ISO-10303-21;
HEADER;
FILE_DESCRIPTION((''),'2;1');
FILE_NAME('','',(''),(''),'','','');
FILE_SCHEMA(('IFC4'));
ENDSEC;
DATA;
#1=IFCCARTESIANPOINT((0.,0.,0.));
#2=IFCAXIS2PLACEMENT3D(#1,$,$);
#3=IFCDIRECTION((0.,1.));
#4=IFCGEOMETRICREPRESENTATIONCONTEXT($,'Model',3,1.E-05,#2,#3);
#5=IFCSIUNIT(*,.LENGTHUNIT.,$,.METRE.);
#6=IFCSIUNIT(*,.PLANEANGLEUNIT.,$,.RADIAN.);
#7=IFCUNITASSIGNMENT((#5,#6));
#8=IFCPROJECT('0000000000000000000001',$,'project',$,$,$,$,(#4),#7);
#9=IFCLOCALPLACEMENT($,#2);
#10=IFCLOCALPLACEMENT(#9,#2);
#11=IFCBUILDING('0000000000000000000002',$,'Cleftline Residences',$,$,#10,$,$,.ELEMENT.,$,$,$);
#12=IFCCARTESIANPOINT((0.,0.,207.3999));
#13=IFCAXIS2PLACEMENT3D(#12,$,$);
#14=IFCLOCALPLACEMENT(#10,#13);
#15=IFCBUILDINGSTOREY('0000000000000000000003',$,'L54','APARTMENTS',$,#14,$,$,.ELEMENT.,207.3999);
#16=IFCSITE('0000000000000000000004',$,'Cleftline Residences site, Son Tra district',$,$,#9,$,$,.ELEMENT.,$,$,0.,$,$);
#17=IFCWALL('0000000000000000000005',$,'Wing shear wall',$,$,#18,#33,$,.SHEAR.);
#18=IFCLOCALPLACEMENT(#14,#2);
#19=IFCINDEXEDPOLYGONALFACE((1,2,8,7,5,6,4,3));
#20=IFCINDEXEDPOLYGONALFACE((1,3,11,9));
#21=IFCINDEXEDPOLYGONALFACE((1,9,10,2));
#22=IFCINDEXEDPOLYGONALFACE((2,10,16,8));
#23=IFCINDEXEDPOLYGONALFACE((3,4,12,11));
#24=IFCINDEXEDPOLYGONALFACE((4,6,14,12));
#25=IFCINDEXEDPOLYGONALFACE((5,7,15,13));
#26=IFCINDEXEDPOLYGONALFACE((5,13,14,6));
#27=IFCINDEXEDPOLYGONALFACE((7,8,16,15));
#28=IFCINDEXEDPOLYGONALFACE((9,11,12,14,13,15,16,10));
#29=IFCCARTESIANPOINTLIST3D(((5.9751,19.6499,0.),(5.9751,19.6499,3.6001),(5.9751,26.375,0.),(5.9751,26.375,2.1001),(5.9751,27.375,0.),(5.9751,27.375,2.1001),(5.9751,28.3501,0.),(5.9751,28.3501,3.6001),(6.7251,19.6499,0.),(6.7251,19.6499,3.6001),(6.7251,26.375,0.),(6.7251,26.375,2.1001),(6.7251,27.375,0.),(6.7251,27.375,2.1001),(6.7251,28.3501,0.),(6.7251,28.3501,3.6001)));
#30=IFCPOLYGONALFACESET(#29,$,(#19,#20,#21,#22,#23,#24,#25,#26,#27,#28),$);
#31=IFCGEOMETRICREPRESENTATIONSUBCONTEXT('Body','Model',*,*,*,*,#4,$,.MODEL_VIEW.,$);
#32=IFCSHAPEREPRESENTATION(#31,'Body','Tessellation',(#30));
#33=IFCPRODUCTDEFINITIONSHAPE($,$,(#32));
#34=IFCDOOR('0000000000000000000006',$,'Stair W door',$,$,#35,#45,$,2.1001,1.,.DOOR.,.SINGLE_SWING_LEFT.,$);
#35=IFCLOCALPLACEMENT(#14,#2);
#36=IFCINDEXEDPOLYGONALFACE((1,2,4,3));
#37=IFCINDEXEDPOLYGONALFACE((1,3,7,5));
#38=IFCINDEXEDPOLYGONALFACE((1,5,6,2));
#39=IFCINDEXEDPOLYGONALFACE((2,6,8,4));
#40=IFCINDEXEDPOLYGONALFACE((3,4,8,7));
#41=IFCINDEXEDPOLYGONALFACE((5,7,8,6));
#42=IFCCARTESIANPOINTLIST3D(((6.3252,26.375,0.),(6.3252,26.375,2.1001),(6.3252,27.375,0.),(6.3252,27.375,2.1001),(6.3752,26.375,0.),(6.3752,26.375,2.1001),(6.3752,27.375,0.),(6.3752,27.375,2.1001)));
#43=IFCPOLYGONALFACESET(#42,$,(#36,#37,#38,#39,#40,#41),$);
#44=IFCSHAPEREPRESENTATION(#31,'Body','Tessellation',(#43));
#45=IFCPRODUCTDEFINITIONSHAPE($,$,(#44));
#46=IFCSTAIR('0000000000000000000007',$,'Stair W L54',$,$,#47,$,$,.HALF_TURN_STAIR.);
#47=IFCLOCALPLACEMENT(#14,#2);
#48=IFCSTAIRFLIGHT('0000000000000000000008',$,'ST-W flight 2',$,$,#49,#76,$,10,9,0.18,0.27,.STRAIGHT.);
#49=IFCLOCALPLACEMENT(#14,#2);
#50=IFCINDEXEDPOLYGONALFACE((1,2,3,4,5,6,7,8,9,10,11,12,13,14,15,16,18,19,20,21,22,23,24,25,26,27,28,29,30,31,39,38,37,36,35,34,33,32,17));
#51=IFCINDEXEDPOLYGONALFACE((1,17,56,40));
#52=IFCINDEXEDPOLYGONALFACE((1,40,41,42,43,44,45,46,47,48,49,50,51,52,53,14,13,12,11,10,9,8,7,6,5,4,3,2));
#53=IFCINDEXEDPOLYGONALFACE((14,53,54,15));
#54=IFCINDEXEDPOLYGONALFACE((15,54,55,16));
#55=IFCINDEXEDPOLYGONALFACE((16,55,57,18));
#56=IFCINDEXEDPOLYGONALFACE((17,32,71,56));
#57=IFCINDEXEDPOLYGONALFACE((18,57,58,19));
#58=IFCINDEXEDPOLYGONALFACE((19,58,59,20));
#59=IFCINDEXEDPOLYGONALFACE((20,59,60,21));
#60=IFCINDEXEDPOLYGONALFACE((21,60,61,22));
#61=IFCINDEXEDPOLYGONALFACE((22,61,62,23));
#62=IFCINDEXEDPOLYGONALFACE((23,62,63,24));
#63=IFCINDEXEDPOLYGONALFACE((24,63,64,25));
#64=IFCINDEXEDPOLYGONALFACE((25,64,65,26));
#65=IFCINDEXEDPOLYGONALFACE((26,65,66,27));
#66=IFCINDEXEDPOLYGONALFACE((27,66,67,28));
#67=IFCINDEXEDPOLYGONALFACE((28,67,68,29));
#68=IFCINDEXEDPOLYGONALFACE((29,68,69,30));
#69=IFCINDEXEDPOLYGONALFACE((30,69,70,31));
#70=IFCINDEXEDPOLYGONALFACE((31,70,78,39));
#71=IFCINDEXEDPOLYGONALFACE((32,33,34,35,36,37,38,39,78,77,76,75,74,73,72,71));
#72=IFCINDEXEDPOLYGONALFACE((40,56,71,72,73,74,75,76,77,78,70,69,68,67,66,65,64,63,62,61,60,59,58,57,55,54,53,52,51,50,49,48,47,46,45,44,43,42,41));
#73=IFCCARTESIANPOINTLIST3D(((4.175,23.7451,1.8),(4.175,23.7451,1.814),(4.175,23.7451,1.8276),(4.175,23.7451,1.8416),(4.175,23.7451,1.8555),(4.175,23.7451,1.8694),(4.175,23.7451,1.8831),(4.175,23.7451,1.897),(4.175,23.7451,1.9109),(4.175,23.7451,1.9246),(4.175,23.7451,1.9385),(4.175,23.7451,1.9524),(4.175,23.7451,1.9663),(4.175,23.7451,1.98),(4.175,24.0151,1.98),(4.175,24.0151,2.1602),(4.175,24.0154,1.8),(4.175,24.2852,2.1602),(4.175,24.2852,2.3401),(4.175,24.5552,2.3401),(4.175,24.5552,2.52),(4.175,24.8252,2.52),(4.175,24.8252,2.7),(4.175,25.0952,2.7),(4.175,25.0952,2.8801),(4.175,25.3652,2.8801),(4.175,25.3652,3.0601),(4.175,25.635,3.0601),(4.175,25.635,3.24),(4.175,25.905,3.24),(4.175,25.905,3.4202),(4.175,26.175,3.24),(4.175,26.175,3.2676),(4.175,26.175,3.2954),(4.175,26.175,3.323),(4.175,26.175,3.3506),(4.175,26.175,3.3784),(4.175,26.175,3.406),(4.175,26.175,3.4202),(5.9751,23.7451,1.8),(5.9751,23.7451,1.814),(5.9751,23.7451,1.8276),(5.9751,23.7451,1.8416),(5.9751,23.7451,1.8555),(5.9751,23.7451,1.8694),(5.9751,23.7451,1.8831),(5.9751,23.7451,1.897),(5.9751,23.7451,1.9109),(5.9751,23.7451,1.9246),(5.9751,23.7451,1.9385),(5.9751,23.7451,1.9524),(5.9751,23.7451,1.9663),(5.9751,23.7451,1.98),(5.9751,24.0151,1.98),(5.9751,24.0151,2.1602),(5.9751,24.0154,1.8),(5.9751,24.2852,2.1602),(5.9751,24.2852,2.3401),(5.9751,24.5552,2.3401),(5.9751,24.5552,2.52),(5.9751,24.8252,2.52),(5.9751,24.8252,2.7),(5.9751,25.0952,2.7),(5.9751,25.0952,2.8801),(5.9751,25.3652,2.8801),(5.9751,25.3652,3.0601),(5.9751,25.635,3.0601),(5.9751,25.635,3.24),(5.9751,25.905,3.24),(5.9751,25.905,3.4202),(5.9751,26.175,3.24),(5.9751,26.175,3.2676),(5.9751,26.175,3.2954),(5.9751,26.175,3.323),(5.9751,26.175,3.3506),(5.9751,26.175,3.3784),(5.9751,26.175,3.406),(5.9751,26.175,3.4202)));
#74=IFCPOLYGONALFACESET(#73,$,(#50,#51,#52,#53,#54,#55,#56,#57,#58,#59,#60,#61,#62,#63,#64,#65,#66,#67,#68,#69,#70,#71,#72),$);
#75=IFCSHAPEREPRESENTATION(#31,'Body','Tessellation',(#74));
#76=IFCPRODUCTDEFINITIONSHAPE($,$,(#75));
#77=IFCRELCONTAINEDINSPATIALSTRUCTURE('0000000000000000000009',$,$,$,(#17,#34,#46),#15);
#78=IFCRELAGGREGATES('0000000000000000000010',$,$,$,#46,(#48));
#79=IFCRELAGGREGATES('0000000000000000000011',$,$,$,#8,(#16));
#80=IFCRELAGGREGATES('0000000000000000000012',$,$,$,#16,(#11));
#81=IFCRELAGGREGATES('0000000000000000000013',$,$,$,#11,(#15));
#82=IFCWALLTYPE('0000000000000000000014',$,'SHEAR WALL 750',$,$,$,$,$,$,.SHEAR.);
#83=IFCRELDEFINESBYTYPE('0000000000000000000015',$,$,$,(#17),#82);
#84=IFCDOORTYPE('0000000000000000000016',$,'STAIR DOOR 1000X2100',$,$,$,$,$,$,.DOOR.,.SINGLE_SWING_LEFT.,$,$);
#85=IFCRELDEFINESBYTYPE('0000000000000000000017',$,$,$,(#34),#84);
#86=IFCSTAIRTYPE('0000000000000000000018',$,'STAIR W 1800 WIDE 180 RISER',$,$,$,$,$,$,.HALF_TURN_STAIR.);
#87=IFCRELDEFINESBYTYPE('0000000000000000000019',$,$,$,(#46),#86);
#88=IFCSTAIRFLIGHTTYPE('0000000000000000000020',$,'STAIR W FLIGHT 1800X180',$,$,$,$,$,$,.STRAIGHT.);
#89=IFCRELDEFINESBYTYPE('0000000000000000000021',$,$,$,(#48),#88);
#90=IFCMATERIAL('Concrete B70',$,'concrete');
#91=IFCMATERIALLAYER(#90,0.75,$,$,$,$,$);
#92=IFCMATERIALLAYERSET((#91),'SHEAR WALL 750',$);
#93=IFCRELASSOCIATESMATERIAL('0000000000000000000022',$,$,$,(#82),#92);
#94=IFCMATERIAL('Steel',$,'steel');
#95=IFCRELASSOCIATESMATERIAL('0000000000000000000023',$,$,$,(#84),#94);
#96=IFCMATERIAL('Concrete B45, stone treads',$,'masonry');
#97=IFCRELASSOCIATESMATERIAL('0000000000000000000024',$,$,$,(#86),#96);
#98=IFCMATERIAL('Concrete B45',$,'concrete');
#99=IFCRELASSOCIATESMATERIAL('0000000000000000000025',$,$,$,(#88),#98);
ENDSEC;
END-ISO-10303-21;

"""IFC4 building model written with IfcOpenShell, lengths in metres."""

from ifc_helpers import new_model, si_unit, direction, frame, frame_2d, origin, place, context, subcontext, project, spatial, polyline, rectangle, outline, extrude, material, layer, layer_set, type_object, element, fill, aggregate, save


model = new_model("IFC4")

# Units and contexts
model_context = context("Model", 3, precision=1e-05, world=origin(), true_north=direction((0.0, 1.0)))
body_context = subcontext(model_context, "Body", "Model", "MODEL_VIEW")
ifc_project = project(units=[si_unit("LENGTHUNIT", "METRE"), si_unit("PLANEANGLEUNIT", "RADIAN")], contexts=[model_context])

# Site, building, storey
site_placement = place(None, origin())
site = spatial("IfcSite", under=ifc_project, at=site_placement, Name="Cleftline Residences site, Son Tra district", CompositionType="ELEMENT", RefElevation=0.0)
building_placement = place(site_placement, origin())
building = spatial("IfcBuilding", under=site, at=building_placement, Name="Cleftline Residences", CompositionType="ELEMENT")
storey_placement = place(building_placement, frame((0.0, 0.0, 207.3999)))
storey = spatial("IfcBuildingStorey", under=building, at=storey_placement, Name="L54", Description="APARTMENTS", CompositionType="ELEMENT", Elevation=207.3999)

# Shared definitions
ifc_material_1 = material(Name="Concrete B70", Category="concrete")
ifc_layer_1 = layer(ifc_material_1, 0.75)
ifc_layer_set_1 = layer_set([ifc_layer_1], Name="SHEAR WALL 750")
wall_type_1 = type_object("IfcWallType", Name="SHEAR WALL 750", PredefinedType="SHEAR", material=ifc_layer_set_1)

# Wall, opening, door
wall_1_placement = place(storey_placement, frame((6.3501, 19.6499, 0.0), z_axis=(0.0, 0.0, 1.0), x_axis=(0.0, 1.0, 0.0)))
wall_1 = element("IfcWall", 1, at=wall_1_placement, inside=storey, type_object=wall_type_1, Name="Wing shear wall", PredefinedType="SHEAR", context=body_context, shape_type="SweptSolid", body=[
    extrude(rectangle(XDim=8.7002, YDim=0.75, at=frame_2d((4.3501, 0.0))), origin(), (0.0, 0.0, 1.0), 3.6001),
])
opening_1_placement = place(wall_1_placement, frame((6.7251, 0.0, 0.0)))
opening_1 = element("IfcOpeningElement", 2, at=opening_1_placement, cuts=wall_1, PredefinedType="OPENING", context=body_context, shape_type="SweptSolid", body=[
    extrude(rectangle(XDim=1.0, YDim=2.1001, at=frame_2d((0.5, 1.05))), frame((0.0, 0.385, 0.0), z_axis=(0.0, -1.0, 0.0), x_axis=(1.0, 0.0, 0.0)), (0.0, 0.0, 1.0), 0.77),
])
ifc_material_2 = material(Name="Steel", Category="steel")
door_type_1 = type_object("IfcDoorType", Name="STAIR DOOR 1000X2100", OperationType="SINGLE_SWING_LEFT", PredefinedType="DOOR", material=ifc_material_2)
door_1_placement = place(opening_1_placement, origin())
door_1 = element("IfcDoor", 3, at=door_1_placement, inside=storey, type_object=door_type_1, Name="Stair W door", OperationType="SINGLE_SWING_LEFT", OverallHeight=2.1001, OverallWidth=1.0, PredefinedType="DOOR", context=body_context, shape_type="SweptSolid", body=[
    extrude(rectangle(XDim=1.0, YDim=2.1001, at=frame_2d((0.5, 1.05))), frame((0.0, 0.0249, 0.0), z_axis=(0.0, -1.0, 0.0), x_axis=(1.0, 0.0, 0.0)), (0.0, 0.0, 1.0), 0.05),
])
fill(opening_1, door_1)

# Stair, stair flight
ifc_material_3 = material(Name="Concrete B45, stone treads", Category="masonry")
stair_type = type_object("IfcStairType", Name="STAIR W 1800 WIDE 180 RISER", PredefinedType="HALF_TURN_STAIR", material=ifc_material_3)
stair_placement = place(storey_placement, origin())
stair = element("IfcStair", 4, at=stair_placement, inside=storey, type_object=stair_type, Name="Stair W L54", PredefinedType="HALF_TURN_STAIR")
ifc_material_4 = material(Name="Concrete B45", Category="concrete")
stair_flight_type = type_object("IfcStairFlightType", Name="STAIR W FLIGHT 1800X180", PredefinedType="STRAIGHT", material=ifc_material_4)
stair_flight_placement = place(storey_placement, frame((5.075, 23.7451, 1.8), z_axis=(0.0, 0.0, 1.0), x_axis=(0.0, 1.0, 0.0)))
stair_flight = element("IfcStairFlight", 5, at=stair_flight_placement, type_object=stair_flight_type, Name="ST-W flight 2", NumberOfRisers=10, NumberOfTreads=9, PredefinedType="STRAIGHT", RiserHeight=0.18, TreadLength=0.27, context=body_context, shape_type="SweptSolid", body=[
    extrude(outline(polyline([(0.0, 0.0), (0.0, 0.0139), (0.0, 0.0276), (0.0, 0.0415), (0.0, 0.0554), (0.0, 0.0693), (0.0, 0.083), (0.0, 0.0969), (0.0, 0.1108), (0.0, 0.1245), (0.0, 0.1384), (0.0, 0.1523), (0.0, 0.1663), (0.0, 0.1799), (0.27, 0.1799), (0.27, 0.3601), (0.54, 0.3601), (0.54, 0.54), (0.8101, 0.54), (0.8101, 0.72), (1.0801, 0.72), (1.0801, 0.8999), (1.3501, 0.8999), (1.3501, 1.0801), (1.6201, 1.0801), (1.6201, 1.26), (1.8899, 1.26), (1.8899, 1.4399), (2.1599, 1.4399), (2.1599, 1.6201), (2.4299, 1.6201), (2.4299, 1.8), (2.4299, 1.7722), (2.4299, 1.7446), (2.4299, 1.7168), (2.4299, 1.6892), (2.4299, 1.6614), (2.4299, 1.6338), (2.4299, 1.606), (2.4299, 1.5784), (2.4299, 1.5505), (2.4299, 1.5229), (2.4299, 1.4954), (2.4299, 1.4675), (2.4299, 1.4399), (0.2703, 0.0), (0.0, 0.0)])), frame((0.0, 0.8999, 0.0), z_axis=(0.0, -1.0, 0.0), x_axis=(1.0, 0.0, 0.0)), (0.0, 0.0, 1.0), 1.8),
])
aggregate(stair, [stair_flight])

save(model, "model.ifc")
